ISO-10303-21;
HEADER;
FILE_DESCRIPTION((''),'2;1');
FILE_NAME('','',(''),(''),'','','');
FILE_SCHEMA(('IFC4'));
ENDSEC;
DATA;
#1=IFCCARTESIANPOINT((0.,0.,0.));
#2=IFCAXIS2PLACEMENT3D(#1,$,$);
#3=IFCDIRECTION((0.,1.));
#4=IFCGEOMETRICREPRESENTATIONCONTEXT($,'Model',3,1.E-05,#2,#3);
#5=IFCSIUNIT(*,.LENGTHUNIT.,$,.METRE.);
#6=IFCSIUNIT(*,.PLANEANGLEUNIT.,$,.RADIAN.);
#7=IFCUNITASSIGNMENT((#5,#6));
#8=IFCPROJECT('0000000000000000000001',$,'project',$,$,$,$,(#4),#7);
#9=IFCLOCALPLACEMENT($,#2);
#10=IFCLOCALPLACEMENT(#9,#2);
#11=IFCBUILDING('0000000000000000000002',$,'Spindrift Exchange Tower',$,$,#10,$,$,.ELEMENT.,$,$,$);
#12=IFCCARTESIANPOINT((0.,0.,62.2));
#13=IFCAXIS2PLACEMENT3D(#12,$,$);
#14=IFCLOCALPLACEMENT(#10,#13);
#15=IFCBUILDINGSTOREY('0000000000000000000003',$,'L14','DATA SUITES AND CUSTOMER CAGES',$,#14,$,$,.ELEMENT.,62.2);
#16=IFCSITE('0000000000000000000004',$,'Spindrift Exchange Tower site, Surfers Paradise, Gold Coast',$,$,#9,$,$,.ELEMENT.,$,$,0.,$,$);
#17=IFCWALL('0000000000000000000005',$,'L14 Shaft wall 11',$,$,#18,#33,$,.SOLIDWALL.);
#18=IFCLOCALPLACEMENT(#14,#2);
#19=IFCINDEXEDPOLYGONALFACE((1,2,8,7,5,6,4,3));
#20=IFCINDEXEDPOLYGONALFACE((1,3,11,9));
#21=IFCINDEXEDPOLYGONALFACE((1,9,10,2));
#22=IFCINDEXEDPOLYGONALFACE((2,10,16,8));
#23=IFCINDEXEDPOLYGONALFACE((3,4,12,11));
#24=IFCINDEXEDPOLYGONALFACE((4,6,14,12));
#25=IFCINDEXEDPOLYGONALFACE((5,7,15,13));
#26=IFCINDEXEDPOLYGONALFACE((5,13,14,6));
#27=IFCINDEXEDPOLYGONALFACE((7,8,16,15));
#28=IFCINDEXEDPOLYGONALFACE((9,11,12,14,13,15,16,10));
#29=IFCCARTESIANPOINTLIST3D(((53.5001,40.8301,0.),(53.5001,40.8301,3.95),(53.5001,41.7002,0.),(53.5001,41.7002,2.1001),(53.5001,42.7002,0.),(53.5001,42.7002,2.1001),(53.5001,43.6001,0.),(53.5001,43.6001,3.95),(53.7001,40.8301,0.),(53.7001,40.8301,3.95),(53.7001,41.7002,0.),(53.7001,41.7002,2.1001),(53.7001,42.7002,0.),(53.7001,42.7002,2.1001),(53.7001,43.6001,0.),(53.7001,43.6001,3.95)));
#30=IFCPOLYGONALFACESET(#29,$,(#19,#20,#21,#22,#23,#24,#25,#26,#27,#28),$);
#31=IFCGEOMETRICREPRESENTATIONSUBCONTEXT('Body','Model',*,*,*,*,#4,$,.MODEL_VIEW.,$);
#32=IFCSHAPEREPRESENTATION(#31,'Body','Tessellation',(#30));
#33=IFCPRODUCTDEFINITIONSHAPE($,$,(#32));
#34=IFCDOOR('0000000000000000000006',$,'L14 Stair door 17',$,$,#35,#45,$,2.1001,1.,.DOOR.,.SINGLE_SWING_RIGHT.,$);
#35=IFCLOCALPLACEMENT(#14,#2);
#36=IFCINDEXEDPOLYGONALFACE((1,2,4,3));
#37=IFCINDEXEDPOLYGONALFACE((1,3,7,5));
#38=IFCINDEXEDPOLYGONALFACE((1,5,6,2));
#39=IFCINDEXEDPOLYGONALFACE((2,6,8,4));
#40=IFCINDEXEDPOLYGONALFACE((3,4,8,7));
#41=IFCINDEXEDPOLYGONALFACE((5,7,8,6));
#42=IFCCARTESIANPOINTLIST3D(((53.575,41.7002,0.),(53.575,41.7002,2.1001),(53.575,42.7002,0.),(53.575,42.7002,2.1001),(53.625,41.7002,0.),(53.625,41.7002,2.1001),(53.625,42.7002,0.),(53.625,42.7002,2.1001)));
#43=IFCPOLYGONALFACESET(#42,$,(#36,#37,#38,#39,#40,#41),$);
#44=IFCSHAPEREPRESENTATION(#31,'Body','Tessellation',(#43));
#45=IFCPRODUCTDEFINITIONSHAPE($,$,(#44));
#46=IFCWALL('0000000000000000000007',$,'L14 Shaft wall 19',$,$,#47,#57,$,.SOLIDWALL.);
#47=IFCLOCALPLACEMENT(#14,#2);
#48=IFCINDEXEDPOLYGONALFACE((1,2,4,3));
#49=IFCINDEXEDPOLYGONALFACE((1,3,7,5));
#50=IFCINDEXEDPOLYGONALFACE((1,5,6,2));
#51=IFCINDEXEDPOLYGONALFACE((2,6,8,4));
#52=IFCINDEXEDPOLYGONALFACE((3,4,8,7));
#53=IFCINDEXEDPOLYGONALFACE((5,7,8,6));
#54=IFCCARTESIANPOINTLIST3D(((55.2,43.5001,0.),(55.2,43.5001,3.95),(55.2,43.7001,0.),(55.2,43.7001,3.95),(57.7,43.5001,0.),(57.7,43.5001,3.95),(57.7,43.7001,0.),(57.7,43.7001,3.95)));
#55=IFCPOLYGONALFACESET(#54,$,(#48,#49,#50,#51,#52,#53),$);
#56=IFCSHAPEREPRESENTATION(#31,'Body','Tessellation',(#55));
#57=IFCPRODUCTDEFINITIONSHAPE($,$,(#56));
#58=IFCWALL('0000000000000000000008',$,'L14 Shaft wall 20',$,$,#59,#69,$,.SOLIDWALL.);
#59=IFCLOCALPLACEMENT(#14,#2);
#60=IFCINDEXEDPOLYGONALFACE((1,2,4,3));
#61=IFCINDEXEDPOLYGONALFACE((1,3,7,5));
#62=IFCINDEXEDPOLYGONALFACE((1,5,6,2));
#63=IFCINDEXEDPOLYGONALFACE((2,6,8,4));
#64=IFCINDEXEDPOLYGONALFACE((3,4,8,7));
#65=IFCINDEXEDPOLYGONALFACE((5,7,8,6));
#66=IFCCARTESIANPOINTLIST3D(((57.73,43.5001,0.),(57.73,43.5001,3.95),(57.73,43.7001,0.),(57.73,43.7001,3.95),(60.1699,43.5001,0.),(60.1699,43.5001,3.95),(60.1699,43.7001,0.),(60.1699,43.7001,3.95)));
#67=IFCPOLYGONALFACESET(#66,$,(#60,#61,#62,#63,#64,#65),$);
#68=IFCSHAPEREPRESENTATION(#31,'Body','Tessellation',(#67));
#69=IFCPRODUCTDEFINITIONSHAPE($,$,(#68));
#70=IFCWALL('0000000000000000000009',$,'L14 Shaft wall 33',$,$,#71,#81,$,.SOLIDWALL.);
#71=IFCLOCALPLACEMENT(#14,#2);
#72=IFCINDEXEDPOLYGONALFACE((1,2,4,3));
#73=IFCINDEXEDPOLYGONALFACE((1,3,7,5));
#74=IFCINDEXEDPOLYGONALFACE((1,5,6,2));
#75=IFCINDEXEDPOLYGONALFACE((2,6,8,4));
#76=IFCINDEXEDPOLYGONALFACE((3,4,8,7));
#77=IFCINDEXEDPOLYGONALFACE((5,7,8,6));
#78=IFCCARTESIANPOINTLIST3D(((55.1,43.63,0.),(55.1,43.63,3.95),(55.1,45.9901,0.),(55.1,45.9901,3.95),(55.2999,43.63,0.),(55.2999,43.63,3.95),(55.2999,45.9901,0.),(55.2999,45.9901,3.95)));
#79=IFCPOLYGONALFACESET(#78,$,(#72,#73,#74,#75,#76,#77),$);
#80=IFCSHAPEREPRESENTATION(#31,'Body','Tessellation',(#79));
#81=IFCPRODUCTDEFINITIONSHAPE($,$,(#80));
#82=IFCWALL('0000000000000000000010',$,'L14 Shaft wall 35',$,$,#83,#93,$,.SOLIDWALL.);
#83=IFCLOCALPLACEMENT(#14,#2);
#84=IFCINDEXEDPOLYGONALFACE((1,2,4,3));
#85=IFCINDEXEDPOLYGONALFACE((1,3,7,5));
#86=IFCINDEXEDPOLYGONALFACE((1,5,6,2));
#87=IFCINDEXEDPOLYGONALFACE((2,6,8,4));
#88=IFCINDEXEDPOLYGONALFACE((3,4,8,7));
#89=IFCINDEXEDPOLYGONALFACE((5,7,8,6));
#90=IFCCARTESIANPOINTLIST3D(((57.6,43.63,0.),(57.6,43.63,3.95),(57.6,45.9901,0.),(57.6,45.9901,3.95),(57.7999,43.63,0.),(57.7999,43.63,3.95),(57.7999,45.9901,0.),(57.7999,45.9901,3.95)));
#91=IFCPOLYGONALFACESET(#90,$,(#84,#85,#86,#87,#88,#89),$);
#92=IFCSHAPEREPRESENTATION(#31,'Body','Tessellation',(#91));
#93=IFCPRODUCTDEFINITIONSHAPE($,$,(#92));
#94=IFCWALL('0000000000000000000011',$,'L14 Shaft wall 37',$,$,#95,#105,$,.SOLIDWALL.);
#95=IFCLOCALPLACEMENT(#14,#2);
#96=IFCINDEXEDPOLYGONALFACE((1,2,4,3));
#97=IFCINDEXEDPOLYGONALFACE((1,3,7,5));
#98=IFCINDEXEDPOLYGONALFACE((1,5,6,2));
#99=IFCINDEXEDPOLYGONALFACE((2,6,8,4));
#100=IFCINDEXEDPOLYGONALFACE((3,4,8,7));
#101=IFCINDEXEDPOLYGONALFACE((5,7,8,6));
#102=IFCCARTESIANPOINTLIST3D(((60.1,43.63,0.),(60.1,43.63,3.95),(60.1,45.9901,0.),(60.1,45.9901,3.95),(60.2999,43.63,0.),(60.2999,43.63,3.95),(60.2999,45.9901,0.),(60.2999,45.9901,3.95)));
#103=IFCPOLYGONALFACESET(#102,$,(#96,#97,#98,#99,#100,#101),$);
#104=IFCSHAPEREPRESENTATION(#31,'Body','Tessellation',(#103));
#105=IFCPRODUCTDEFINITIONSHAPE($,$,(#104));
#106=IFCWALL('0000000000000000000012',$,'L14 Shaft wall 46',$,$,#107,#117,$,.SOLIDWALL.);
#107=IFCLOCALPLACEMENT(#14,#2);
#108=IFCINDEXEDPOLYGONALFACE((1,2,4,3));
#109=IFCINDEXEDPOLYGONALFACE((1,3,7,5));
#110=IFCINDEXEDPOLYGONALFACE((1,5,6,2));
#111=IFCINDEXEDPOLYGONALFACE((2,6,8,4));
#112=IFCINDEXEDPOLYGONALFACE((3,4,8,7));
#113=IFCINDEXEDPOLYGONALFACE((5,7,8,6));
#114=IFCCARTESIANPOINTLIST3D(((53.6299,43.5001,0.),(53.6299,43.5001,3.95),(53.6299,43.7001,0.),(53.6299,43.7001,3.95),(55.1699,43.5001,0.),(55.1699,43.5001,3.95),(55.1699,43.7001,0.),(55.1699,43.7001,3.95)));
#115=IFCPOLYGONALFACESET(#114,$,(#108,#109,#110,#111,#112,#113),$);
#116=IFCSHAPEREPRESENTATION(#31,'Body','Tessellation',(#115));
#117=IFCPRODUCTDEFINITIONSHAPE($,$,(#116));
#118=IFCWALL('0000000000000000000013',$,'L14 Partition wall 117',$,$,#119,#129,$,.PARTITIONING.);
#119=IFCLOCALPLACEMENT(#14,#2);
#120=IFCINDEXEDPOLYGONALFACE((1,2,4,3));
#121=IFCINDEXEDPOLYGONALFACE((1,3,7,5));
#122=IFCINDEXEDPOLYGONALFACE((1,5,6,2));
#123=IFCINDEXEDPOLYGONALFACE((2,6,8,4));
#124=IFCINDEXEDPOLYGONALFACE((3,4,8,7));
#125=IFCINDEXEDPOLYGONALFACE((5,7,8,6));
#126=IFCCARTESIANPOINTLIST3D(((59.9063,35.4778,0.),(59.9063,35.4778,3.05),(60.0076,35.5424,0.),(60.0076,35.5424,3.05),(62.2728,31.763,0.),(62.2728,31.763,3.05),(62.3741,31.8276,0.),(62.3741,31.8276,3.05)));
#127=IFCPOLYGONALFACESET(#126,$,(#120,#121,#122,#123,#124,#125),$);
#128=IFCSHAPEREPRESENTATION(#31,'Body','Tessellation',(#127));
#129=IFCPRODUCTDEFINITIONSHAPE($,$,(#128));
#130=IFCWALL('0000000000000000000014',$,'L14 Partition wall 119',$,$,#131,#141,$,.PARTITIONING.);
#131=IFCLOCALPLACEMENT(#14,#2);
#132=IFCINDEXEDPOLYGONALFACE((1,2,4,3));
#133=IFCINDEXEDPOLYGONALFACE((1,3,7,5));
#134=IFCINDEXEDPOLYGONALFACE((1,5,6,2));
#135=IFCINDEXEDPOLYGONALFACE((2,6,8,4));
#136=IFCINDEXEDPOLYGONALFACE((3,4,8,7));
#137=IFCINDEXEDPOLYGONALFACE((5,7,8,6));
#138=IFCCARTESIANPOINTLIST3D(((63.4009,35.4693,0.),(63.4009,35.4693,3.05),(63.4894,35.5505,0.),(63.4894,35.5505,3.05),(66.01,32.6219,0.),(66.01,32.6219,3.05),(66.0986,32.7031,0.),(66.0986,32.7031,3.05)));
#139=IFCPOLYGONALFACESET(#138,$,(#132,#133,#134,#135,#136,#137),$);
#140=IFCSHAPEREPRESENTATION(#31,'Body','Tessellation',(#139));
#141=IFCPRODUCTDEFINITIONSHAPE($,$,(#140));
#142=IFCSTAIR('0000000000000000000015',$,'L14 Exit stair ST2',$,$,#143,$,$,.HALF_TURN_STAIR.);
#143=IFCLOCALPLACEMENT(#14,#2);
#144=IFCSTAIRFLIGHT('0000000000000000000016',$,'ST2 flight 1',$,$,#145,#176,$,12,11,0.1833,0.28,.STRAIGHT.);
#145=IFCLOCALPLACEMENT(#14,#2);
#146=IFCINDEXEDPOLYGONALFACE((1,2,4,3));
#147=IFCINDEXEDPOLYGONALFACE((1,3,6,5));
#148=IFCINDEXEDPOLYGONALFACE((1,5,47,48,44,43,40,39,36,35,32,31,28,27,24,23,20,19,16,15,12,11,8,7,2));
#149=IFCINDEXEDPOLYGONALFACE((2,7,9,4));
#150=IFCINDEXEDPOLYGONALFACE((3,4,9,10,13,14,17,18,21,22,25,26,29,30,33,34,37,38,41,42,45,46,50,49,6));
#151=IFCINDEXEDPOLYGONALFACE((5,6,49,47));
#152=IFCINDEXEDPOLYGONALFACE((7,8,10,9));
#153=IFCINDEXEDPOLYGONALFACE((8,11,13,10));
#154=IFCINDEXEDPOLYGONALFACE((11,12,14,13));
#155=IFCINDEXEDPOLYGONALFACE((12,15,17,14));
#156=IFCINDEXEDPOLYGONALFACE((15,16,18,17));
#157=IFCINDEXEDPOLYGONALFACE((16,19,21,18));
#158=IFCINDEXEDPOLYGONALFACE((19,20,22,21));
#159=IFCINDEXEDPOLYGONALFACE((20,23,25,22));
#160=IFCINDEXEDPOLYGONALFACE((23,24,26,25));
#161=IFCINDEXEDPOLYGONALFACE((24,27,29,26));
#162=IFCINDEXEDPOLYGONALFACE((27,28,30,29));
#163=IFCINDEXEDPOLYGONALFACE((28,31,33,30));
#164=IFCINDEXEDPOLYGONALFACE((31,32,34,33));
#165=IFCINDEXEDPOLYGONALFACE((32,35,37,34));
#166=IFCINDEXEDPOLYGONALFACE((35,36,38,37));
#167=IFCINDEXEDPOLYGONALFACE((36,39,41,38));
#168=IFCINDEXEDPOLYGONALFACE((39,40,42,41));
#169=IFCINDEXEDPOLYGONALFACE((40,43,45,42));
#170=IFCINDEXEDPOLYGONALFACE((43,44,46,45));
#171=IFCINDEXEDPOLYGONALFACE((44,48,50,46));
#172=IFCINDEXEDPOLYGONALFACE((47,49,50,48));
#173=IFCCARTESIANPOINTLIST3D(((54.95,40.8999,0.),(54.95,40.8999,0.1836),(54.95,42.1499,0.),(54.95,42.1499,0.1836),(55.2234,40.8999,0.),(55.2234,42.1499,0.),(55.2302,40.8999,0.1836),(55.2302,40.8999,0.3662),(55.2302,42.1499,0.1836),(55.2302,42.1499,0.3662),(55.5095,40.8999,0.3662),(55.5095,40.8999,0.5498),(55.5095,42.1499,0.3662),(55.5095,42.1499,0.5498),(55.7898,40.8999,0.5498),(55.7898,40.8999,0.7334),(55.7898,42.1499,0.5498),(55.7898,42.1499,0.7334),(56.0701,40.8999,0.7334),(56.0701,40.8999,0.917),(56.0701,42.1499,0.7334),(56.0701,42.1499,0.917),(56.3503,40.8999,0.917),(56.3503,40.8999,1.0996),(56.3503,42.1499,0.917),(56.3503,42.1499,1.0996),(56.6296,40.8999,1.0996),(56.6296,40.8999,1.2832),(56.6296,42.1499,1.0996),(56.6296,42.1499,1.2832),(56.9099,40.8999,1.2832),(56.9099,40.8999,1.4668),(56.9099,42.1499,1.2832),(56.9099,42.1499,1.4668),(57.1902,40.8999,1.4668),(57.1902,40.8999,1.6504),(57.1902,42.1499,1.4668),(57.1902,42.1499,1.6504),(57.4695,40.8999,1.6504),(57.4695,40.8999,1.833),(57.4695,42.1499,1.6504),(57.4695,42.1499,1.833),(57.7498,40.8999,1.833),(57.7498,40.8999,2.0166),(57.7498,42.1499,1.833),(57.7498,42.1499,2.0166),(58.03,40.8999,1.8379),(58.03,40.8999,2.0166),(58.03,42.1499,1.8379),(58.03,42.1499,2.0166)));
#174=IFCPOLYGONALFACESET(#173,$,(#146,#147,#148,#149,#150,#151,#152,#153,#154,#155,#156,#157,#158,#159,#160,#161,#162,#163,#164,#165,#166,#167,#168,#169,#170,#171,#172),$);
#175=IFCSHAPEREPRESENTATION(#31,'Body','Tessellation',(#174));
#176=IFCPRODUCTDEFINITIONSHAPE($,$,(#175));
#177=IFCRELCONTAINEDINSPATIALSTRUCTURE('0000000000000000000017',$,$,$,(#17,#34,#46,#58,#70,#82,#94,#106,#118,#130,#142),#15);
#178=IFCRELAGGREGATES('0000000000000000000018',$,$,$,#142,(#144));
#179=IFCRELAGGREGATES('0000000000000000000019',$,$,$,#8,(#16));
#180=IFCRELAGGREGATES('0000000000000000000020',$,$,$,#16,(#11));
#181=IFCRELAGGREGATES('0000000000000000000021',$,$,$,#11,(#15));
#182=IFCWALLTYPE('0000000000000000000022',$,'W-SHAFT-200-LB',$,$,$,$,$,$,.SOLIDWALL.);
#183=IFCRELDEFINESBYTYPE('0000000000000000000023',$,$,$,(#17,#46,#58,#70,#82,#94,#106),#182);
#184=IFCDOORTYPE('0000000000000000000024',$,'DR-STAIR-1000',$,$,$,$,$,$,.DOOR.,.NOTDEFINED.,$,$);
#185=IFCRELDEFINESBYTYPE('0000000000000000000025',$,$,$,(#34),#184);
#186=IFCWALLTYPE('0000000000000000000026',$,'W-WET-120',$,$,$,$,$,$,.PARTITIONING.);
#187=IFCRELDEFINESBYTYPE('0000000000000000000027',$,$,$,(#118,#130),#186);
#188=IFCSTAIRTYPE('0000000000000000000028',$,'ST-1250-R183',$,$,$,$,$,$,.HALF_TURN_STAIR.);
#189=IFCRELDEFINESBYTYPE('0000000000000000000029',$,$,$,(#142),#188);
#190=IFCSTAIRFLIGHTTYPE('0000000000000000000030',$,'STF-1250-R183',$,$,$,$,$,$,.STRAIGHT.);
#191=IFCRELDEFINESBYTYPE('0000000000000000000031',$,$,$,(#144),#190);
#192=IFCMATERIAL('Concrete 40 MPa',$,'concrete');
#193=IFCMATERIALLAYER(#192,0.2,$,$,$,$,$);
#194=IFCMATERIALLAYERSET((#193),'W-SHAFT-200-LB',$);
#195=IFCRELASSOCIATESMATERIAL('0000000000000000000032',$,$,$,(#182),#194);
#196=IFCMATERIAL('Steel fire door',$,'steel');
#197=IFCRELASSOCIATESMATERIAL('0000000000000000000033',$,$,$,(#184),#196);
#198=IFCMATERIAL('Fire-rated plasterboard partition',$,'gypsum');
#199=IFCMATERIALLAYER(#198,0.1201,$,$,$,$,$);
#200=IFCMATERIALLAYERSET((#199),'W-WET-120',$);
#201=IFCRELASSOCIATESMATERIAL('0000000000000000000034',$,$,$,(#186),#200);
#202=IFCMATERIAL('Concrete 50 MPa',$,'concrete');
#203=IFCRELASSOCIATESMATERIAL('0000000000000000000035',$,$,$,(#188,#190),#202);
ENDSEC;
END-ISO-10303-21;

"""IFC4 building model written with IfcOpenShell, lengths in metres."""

from ifc_helpers import new_model, si_unit, direction, frame, frame_2d, origin, place, context, subcontext, project, spatial, line, indexed_curve, rectangle, outline, extrude, source, transform, mapped, material, layer, layer_set, type_object, element, fill, aggregate, save


model = new_model("IFC4")

# Units and contexts
model_context = context("Model", 3, precision=1e-05, world=origin(), true_north=direction((0.0, 1.0)))
body_context = subcontext(model_context, "Body", "Model", "MODEL_VIEW")
ifc_project = project(units=[si_unit("LENGTHUNIT", "METRE"), si_unit("PLANEANGLEUNIT", "RADIAN")], contexts=[model_context])

# Site, building, storey
site_placement = place(None, origin())
site = spatial("IfcSite", under=ifc_project, at=site_placement, Name="Spindrift Exchange Tower site, Surfers Paradise, Gold Coast", CompositionType="ELEMENT", RefElevation=0.0)
building_placement = place(site_placement, origin())
building = spatial("IfcBuilding", under=site, at=building_placement, Name="Spindrift Exchange Tower", CompositionType="ELEMENT")
storey_placement = place(building_placement, frame((0.0, 0.0, 62.2)))
storey = spatial("IfcBuildingStorey", under=building, at=storey_placement, Name="L14", Description="DATA SUITES AND CUSTOMER CAGES", CompositionType="ELEMENT", Elevation=62.2)

# Shared definitions
ifc_material_1 = material(Name="Fire-rated plasterboard partition", Category="gypsum")

# Shared definitions
ifc_material_2 = material(Name="Concrete 40 MPa", Category="concrete")
ifc_layer_1 = layer(ifc_material_2, 0.2)
ifc_layer_set_1 = layer_set([ifc_layer_1], Name="W-SHAFT-200-LB")
wall_type_1 = type_object("IfcWallType", Name="W-SHAFT-200-LB", PredefinedType="SOLIDWALL", material=ifc_layer_set_1)
ifc_material_3 = material(Name="Steel fire door", Category="steel")

# Wall, opening, door
wall_1_placement = place(storey_placement, frame((53.6001, 43.6001, 0.0), z_axis=(0.0, 0.0, 1.0), x_axis=(0.0, -1.0, 0.0)))
wall_1 = element("IfcWall", 1, at=wall_1_placement, inside=storey, type_object=wall_type_1, Name="L14 Shaft wall 11", PredefinedType="SOLIDWALL", context=body_context, shape_type="SweptSolid", body=[
    extrude(rectangle(XDim=2.77, YDim=0.2, at=frame_2d((1.385, 0.0))), origin(), (0.0, 0.0, 1.0), 3.95),
])
opening_1_placement = place(wall_1_placement, frame((0.8999, 0.0, 0.0)))
opening_1 = element("IfcOpeningElement", 2, at=opening_1_placement, cuts=wall_1, PredefinedType="OPENING", context=body_context, shape_type="SweptSolid", body=[
    extrude(rectangle(XDim=1.0, YDim=2.1001, at=frame_2d((0.5, 1.05))), frame((0.0, 0.1099, 0.0), z_axis=(0.0, -1.0, 0.0), x_axis=(1.0, 0.0, 0.0)), (0.0, 0.0, 1.0), 0.22),
])
door_type_1 = type_object("IfcDoorType", Name="DR-STAIR-1000", OperationType="NOTDEFINED", PredefinedType="DOOR", material=ifc_material_3)
shared_shape_1 = source(origin(), body_context, "Body", "SweptSolid", [
    extrude(rectangle(XDim=1.0, YDim=2.1001, at=frame_2d((0.5, 1.05))), frame((0.0, 0.0249, 0.0), z_axis=(0.0, -1.0, 0.0), x_axis=(1.0, 0.0, 0.0)), (0.0, 0.0, 1.0), 0.05),
])
door_1_placement = place(opening_1_placement, origin())
door_1 = element("IfcDoor", 3, at=door_1_placement, inside=storey, type_object=door_type_1, Name="L14 Stair door 17", OperationType="SINGLE_SWING_RIGHT", OverallHeight=2.1001, OverallWidth=1.0, PredefinedType="DOOR", context=body_context, shape_type="MappedRepresentation", body=[
    mapped(shared_shape_1, transform((0.0, 0.0, 0.0), scale=1.0)),
])
fill(opening_1, door_1)

# Walls
wall_2_placement = place(storey_placement, frame((55.2, 43.6001, 0.0), z_axis=(0.0, 0.0, 1.0), x_axis=(1.0, 0.0, 0.0)))
element("IfcWall", 4, at=wall_2_placement, inside=storey, type_object=wall_type_1, Name="L14 Shaft wall 19", PredefinedType="SOLIDWALL", context=body_context, shape_type="SweptSolid", body=[
    extrude(rectangle(XDim=2.5, YDim=0.2, at=frame_2d((1.25, 0.0))), origin(), (0.0, 0.0, 1.0), 3.95),
])
wall_3_placement = place(storey_placement, frame((57.73, 43.6001, 0.0), z_axis=(0.0, 0.0, 1.0), x_axis=(1.0, 0.0, 0.0)))
element("IfcWall", 5, at=wall_3_placement, inside=storey, type_object=wall_type_1, Name="L14 Shaft wall 20", PredefinedType="SOLIDWALL", context=body_context, shape_type="SweptSolid", body=[
    extrude(rectangle(XDim=2.4399, YDim=0.2, at=frame_2d((1.22, 0.0))), origin(), (0.0, 0.0, 1.0), 3.95),
])
for number, where, z_axis, x_axis, name in (
    (6, (55.2, 43.6299, 0.0), (0.0, 0.0, 1.0), (0.0, 1.0, 0.0), "L14 Shaft wall 33"),
    (7, (57.7, 43.6299, 0.0), (0.0, 0.0, 1.0), (0.0, 1.0, 0.0), "L14 Shaft wall 35"),
    (8, (60.2, 43.6299, 0.0), (0.0, 0.0, 1.0), (0.0, 1.0, 0.0), "L14 Shaft wall 37"),
):
    element("IfcWall", number, at=place(storey_placement, frame(where, z_axis=z_axis, x_axis=x_axis)), inside=storey, type_object=wall_type_1, Name=name, PredefinedType="SOLIDWALL", context=body_context, shape_type="SweptSolid", body=[
        extrude(rectangle(XDim=2.3601, YDim=0.2, at=frame_2d((1.1802, 0.0))), origin(), (0.0, 0.0, 1.0), 3.95),
    ])
wall_4_placement = place(storey_placement, frame((53.6299, 43.6001, 0.0), z_axis=(0.0, 0.0, 1.0), x_axis=(1.0, 0.0, 0.0)))
element("IfcWall", 9, at=wall_4_placement, inside=storey, type_object=wall_type_1, Name="L14 Shaft wall 46", PredefinedType="SOLIDWALL", context=body_context, shape_type="SweptSolid", body=[
    extrude(rectangle(XDim=1.54, YDim=0.2, at=frame_2d((0.77, 0.0))), origin(), (0.0, 0.0, 1.0), 3.95),
])
ifc_layer_2 = layer(ifc_material_1, 0.1201)
ifc_layer_set_2 = layer_set([ifc_layer_2], Name="W-WET-120")
wall_type_2 = type_object("IfcWallType", Name="W-WET-120", PredefinedType="PARTITIONING", material=ifc_layer_set_2)
wall_5_placement = place(storey_placement, frame((59.957, 35.51, 0.0), z_axis=(0.0, 0.0, 1.0), x_axis=(0.537274, -0.843408, 0.0)))
element("IfcWall", 10, at=wall_5_placement, inside=storey, type_object=wall_type_2, Name="L14 Partition wall 117", PredefinedType="PARTITIONING", context=body_context, shape_type="SweptSolid", body=[
    extrude(rectangle(XDim=4.4045, YDim=0.1201, at=frame_2d((2.2021, 0.0))), origin(), (0.0, 0.0, 1.0), 3.05),
])
wall_6_placement = place(storey_placement, frame((63.4451, 35.51, 0.0), z_axis=(0.0, 0.0, 1.0), x_axis=(0.675584, -0.737283, 0.0)))
element("IfcWall", 11, at=wall_6_placement, inside=storey, type_object=wall_type_2, Name="L14 Partition wall 119", PredefinedType="PARTITIONING", context=body_context, shape_type="SweptSolid", body=[
    extrude(rectangle(XDim=3.8621, YDim=0.1201, at=frame_2d((1.9312, 0.0))), origin(), (0.0, 0.0, 1.0), 3.05),
])

# Stair, stair flight
ifc_material_4 = material(Name="Concrete 50 MPa", Category="concrete")
stair_type = type_object("IfcStairType", Name="ST-1250-R183", PredefinedType="HALF_TURN_STAIR", material=ifc_material_4)
stair_placement = place(storey_placement, origin())
stair = element("IfcStair", 12, at=stair_placement, inside=storey, type_object=stair_type, Name="L14 Exit stair ST2", PredefinedType="HALF_TURN_STAIR")
stair_flight_type = type_object("IfcStairFlightType", Name="STF-1250-R183", PredefinedType="STRAIGHT", material=ifc_material_4)
stair_flight_1_placement = place(storey_placement, frame((54.95, 41.5249, 0.0), z_axis=(0.0, 0.0, 1.0), x_axis=(1.0, 0.0, 0.0)))
stair_flight_1 = element("IfcStairFlight", 13, at=stair_flight_1_placement, type_object=stair_flight_type, Name="ST2 flight 1", NumberOfRisers=12, NumberOfTreads=11, PredefinedType="STRAIGHT", RiserHeight=0.1833, TreadLength=0.28, context=body_context, shape_type="SweptSolid", body=[
    extrude(outline(indexed_curve([(0.0, 0.0), (0.0, 0.1836), (0.2803, 0.1836), (0.2803, 0.3662), (0.5596, 0.3662), (0.5596, 0.5498), (0.8398, 0.5498), (0.8398, 0.7334), (1.1201, 0.7334), (1.1201, 0.917), (1.4004, 0.917), (1.4004, 1.0996), (1.6797, 1.0996), (1.6797, 1.2832), (1.96, 1.2832), (1.96, 1.4668), (2.2402, 1.4668), (2.2402, 1.6504), (2.5195, 1.6504), (2.5195, 1.833), (2.7998, 1.833), (2.7998, 2.0166), (3.0801, 2.0166), (3.0801, 2.2002), (3.0801, 1.8379), (0.2734, 0.0)], segments=[line(1, 2, 3, 4, 5, 6, 7, 8, 9, 10, 11, 12, 13, 14, 15, 16, 17, 18, 19, 20, 21, 22, 23, 24, 25, 26, 1)], self_intersect=False)), frame((0.0, 0.625, 0.0), z_axis=(0.0, -1.0, 0.0), x_axis=(1.0, 0.0, 0.0)), (0.0, 0.0, 1.0), 1.25),
])
aggregate(stair, [stair_flight_1])

save(model, "model.ifc")
